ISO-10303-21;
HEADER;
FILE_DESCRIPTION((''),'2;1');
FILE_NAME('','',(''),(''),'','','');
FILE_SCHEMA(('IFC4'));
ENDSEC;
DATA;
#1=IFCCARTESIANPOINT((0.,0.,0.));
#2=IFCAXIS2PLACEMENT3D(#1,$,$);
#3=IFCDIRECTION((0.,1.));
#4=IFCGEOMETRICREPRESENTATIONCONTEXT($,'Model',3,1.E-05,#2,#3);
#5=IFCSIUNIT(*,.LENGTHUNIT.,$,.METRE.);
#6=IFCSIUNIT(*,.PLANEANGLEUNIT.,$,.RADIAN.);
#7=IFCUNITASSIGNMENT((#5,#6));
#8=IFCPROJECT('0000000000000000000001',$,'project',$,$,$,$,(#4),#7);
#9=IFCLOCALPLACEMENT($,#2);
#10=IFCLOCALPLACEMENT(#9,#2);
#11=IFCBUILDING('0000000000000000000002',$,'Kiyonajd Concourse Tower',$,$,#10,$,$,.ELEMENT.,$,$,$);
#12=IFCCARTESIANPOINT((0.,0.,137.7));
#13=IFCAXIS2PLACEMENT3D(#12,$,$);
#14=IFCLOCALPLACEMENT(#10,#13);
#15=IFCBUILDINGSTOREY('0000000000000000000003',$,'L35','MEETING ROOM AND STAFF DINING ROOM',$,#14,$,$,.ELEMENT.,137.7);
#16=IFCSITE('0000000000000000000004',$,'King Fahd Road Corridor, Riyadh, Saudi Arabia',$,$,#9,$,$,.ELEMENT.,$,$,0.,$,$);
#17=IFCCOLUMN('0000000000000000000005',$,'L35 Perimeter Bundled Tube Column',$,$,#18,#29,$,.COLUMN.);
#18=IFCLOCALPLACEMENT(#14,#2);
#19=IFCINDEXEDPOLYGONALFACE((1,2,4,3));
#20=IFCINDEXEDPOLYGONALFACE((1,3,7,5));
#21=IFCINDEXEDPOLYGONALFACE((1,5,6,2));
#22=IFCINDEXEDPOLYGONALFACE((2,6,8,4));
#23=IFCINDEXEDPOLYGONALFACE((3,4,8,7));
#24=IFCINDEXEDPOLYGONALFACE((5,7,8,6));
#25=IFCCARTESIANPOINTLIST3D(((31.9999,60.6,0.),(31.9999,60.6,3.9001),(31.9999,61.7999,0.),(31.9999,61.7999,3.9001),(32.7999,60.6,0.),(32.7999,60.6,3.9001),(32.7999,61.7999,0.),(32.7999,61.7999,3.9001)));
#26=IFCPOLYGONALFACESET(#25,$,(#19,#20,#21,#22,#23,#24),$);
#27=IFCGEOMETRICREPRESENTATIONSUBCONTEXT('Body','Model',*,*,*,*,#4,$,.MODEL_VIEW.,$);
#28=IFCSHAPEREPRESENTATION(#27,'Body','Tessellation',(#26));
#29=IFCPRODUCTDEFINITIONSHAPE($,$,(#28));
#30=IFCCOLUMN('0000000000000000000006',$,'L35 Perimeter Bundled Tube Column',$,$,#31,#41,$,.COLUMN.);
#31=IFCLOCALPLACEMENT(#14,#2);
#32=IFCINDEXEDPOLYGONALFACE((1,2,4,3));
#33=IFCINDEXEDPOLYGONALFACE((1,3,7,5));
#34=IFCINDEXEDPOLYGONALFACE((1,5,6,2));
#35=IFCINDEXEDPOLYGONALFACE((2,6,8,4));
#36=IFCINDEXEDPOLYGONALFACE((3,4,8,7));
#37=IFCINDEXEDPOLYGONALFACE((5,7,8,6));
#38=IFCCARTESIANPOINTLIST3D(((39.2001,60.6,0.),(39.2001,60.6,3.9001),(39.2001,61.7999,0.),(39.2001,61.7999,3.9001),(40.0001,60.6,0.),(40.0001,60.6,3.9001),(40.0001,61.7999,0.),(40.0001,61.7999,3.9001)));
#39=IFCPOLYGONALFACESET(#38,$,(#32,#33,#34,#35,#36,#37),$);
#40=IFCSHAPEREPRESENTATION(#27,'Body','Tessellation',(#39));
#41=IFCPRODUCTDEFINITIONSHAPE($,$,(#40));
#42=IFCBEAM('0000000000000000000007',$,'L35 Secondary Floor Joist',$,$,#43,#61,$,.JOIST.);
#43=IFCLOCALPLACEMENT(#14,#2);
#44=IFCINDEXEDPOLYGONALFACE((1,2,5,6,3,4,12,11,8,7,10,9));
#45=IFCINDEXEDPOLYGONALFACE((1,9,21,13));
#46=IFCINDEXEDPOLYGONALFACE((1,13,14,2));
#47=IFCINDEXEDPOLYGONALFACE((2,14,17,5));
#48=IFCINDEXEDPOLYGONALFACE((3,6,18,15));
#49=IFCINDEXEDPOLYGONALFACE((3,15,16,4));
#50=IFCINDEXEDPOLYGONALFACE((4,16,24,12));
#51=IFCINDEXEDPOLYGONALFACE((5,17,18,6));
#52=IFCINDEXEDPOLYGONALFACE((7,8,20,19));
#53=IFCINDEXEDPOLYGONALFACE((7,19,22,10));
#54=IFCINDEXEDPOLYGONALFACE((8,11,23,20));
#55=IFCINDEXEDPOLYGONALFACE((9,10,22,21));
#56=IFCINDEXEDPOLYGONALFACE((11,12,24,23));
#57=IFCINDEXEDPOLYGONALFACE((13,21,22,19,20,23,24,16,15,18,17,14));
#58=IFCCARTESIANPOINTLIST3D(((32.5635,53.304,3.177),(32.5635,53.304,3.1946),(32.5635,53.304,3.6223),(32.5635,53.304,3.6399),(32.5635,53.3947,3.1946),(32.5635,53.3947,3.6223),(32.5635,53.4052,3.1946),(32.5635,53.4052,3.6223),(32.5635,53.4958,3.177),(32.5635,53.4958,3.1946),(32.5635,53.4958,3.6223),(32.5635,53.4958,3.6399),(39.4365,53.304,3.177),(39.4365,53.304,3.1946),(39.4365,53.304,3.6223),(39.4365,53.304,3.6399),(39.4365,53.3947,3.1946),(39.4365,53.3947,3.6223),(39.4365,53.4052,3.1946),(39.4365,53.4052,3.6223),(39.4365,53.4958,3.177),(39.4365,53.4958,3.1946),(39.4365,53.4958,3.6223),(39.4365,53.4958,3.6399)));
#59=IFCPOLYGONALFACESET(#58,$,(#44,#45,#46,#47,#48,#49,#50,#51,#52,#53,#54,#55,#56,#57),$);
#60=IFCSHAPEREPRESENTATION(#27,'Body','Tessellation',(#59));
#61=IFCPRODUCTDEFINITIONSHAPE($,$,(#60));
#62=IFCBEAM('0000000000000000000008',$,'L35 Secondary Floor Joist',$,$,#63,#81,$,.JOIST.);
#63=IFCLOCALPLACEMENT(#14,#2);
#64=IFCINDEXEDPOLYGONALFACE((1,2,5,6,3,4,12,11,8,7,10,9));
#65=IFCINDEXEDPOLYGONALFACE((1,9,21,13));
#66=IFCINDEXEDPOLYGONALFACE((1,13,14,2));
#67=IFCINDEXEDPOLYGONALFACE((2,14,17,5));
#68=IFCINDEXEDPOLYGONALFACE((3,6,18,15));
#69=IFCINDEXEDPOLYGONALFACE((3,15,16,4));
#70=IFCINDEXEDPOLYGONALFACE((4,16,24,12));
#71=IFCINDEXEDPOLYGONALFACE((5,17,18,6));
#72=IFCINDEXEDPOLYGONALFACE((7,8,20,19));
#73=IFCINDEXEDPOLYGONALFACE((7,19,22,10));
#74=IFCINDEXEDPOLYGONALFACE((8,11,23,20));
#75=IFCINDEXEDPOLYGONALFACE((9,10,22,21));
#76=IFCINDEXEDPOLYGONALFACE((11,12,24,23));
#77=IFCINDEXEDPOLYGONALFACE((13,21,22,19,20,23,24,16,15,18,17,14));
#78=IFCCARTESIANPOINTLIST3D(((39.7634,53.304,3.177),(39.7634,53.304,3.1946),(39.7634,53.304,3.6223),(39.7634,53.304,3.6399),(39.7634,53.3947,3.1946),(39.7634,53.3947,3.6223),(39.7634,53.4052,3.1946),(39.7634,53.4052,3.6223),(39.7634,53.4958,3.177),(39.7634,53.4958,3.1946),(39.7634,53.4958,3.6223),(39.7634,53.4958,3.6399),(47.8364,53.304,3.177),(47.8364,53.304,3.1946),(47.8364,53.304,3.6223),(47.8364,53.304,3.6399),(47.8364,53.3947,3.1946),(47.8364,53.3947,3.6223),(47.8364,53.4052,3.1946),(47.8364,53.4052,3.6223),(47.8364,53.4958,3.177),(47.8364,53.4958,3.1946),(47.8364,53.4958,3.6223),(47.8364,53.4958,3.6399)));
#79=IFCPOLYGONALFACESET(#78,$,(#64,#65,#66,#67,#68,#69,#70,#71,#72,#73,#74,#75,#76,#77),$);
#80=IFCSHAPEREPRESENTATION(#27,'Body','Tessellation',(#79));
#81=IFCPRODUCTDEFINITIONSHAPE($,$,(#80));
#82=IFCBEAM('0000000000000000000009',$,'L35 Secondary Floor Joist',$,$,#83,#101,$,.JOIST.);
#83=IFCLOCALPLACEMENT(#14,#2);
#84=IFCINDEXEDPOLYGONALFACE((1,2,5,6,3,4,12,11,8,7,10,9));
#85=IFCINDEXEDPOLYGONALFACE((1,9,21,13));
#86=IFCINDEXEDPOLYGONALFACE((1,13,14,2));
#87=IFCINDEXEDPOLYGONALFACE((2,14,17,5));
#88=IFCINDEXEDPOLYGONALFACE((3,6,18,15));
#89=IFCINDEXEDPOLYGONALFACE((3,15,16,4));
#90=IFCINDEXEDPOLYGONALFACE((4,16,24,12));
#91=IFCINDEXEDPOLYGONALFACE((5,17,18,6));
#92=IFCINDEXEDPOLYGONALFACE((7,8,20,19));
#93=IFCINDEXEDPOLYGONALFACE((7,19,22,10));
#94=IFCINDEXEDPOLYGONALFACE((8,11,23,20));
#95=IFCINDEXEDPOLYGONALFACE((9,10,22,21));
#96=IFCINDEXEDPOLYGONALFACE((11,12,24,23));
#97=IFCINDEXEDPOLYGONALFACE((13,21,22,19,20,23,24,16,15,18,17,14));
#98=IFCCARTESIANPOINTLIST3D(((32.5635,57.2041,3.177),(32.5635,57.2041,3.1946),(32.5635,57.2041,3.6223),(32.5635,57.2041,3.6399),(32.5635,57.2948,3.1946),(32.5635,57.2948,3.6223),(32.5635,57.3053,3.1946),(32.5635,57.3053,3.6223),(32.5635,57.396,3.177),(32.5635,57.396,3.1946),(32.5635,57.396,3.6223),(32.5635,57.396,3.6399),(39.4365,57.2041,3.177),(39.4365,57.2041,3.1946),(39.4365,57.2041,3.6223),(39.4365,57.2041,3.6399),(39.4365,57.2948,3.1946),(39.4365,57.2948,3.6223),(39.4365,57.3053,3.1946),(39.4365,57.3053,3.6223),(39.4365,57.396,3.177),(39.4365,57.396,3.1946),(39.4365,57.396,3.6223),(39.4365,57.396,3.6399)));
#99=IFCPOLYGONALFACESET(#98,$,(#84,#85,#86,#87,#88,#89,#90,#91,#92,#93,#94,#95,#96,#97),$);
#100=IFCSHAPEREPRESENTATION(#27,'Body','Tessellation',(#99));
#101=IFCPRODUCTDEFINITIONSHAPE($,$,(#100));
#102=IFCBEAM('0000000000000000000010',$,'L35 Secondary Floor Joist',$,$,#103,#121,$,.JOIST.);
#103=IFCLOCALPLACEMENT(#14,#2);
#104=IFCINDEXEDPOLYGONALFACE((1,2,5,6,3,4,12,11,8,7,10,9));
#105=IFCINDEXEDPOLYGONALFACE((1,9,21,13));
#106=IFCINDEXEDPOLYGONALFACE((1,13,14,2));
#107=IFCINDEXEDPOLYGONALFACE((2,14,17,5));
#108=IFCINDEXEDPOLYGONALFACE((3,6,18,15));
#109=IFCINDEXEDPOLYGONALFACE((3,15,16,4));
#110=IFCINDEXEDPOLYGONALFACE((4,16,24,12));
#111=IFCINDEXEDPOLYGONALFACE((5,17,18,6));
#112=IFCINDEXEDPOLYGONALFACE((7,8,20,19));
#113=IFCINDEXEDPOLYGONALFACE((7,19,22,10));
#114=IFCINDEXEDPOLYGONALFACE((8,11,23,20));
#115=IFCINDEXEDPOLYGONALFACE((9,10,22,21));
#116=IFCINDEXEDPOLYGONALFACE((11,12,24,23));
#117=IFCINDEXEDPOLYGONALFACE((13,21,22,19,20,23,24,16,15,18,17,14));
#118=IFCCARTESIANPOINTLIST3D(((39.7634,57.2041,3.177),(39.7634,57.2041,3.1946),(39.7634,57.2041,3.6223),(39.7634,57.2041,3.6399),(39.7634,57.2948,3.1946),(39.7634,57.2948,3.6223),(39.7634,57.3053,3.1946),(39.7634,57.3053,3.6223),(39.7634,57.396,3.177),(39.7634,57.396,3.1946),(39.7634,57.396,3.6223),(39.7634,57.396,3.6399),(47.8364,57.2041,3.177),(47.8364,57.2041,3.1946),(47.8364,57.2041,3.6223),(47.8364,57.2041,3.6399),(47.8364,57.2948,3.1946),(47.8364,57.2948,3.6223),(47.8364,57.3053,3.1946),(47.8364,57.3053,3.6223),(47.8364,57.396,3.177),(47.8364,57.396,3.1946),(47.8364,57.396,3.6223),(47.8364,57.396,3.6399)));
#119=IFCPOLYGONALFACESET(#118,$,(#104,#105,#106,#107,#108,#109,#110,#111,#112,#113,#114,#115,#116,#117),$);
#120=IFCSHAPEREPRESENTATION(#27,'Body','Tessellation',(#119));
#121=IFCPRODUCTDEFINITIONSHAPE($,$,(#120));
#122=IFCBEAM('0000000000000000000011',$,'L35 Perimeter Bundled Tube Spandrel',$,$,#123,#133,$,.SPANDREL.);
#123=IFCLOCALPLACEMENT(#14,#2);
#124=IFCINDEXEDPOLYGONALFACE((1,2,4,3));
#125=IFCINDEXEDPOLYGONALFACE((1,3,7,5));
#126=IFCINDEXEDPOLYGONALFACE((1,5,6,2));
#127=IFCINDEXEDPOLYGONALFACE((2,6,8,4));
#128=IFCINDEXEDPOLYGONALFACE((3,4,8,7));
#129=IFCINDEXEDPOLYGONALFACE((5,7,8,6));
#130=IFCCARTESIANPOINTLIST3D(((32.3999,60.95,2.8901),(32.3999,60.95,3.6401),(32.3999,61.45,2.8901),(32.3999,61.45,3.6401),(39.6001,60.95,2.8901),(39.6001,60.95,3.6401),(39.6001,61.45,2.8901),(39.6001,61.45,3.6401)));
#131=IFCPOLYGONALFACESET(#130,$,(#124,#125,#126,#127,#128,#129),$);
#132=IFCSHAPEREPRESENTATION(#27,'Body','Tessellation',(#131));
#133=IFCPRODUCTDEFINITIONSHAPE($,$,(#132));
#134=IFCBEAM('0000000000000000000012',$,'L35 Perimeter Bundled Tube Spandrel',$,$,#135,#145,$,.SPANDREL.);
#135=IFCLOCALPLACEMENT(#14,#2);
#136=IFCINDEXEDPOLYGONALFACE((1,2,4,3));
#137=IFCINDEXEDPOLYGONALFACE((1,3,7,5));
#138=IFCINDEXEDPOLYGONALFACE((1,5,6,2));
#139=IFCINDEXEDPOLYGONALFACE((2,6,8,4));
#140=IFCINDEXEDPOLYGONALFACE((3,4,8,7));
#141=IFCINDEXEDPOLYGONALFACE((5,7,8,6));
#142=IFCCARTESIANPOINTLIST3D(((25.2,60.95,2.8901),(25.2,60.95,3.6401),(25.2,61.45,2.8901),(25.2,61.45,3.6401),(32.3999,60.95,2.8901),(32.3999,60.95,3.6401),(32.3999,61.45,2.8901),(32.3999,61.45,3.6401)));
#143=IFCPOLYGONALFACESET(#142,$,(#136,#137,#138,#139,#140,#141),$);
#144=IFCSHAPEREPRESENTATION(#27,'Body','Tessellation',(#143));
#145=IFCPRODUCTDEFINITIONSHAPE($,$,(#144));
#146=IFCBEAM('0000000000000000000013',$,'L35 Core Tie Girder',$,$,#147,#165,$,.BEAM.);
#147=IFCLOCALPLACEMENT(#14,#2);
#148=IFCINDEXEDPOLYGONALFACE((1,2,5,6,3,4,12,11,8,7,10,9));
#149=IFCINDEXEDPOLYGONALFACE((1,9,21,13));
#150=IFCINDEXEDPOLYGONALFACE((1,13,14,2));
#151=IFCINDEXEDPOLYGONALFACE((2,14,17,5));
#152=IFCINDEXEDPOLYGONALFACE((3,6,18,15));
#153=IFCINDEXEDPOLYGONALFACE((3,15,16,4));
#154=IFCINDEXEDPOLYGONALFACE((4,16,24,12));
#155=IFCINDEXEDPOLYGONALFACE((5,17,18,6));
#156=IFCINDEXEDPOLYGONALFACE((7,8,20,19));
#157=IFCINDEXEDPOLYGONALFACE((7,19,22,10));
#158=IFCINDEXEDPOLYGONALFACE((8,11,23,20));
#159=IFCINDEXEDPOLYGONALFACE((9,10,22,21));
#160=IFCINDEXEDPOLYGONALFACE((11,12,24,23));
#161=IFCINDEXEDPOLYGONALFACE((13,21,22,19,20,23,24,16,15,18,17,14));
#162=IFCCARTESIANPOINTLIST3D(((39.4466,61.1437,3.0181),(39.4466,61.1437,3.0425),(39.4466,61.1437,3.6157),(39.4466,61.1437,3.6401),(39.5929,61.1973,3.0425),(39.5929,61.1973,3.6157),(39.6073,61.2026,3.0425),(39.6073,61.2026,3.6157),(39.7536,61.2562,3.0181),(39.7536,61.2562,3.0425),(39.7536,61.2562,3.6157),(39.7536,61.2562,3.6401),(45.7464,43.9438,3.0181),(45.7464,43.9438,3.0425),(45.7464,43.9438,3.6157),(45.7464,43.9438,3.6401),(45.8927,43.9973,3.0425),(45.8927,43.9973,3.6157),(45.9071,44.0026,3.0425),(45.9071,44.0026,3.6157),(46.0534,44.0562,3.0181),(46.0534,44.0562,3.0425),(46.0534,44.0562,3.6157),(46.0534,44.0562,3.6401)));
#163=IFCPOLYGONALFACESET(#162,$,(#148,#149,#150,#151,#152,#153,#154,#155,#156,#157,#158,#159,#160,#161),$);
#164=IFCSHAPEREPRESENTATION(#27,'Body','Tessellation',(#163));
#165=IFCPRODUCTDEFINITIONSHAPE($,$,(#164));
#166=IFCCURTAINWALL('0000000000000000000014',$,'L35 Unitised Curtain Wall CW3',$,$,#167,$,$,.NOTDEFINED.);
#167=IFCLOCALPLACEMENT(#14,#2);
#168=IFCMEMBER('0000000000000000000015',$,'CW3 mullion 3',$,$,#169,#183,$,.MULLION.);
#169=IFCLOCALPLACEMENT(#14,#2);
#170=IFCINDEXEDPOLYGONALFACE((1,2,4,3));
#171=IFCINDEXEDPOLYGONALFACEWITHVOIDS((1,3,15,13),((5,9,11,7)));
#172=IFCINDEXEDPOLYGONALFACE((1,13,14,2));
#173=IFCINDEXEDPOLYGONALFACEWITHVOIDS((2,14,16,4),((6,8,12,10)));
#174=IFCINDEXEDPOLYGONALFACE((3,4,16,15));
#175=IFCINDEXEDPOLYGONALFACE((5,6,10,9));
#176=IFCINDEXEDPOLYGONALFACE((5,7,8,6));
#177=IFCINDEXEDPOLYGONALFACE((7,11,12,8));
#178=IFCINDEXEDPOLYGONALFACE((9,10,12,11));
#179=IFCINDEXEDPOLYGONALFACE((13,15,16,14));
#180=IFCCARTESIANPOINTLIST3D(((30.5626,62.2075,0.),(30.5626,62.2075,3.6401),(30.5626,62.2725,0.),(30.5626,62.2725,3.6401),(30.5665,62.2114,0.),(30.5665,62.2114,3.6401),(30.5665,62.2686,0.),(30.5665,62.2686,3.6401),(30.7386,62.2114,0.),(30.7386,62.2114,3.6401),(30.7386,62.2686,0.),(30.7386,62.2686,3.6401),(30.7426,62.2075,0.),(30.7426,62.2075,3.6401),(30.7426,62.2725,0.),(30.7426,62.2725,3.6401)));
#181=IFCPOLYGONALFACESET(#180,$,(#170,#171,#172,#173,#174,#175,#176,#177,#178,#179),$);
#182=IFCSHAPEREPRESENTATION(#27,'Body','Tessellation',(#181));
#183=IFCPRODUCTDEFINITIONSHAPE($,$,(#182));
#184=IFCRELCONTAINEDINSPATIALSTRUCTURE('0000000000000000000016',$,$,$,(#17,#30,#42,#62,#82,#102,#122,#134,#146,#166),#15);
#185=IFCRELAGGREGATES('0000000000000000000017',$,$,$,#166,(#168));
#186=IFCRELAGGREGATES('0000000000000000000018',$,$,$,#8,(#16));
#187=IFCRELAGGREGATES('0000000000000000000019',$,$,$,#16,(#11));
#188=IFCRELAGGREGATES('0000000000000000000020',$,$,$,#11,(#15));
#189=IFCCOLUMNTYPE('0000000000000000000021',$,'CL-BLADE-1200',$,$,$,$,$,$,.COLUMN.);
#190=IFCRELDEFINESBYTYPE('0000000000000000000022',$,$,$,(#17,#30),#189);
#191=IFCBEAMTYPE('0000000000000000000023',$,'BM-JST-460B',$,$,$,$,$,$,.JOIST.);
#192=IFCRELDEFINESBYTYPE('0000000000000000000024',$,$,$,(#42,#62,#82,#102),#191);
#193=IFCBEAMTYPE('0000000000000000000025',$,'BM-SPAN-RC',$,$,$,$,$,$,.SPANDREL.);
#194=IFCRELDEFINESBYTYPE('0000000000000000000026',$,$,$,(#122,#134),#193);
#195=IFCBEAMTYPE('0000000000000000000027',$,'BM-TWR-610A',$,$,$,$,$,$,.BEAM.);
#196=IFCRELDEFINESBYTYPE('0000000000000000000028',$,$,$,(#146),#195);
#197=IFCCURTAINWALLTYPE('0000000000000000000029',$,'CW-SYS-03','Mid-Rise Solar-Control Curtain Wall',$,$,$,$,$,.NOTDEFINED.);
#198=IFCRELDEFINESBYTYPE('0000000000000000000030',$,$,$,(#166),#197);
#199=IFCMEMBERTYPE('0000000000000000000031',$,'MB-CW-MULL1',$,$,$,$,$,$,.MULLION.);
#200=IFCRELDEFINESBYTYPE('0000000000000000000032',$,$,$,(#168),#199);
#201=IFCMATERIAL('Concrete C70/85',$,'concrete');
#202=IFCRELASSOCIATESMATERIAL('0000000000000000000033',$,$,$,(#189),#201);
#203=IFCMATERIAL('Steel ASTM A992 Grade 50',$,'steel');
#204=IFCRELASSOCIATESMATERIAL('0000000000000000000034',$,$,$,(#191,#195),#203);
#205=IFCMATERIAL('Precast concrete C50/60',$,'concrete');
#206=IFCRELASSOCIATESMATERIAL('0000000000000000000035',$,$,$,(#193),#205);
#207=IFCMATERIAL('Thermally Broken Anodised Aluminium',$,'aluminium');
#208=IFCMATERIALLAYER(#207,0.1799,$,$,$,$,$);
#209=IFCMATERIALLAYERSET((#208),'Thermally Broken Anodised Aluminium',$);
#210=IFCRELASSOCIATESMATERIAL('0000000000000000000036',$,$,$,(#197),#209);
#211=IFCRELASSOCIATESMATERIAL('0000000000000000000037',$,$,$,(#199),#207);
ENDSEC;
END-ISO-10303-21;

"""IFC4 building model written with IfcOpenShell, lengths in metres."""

from ifc_helpers import new_model, si_unit, direction, frame, origin, origin_2d, place, context, subcontext, project, spatial, rectangle, hollow_rectangle, i_section, extrude, material, layer, layer_set, material_profile, profile_set, type_object, element, aggregate, save


model = new_model("IFC4")

# Units and contexts
model_context = context("Model", 3, precision=1e-05, world=origin(), true_north=direction((0.0, 1.0)))
body_context = subcontext(model_context, "Body", "Model", "MODEL_VIEW")
ifc_project = project(units=[si_unit("LENGTHUNIT", "METRE"), si_unit("PLANEANGLEUNIT", "RADIAN")], contexts=[model_context])

# Site, building, storey
site_placement = place(None, origin())
site = spatial("IfcSite", under=ifc_project, at=site_placement, Name="King Fahd Road Corridor, Riyadh, Saudi Arabia", CompositionType="ELEMENT", RefElevation=0.0)
building_placement = place(site_placement, origin())
building = spatial("IfcBuilding", under=site, at=building_placement, Name="Kiyonajd Concourse Tower", CompositionType="ELEMENT")
storey_placement = place(building_placement, frame((0.0, 0.0, 137.7)))
storey = spatial("IfcBuildingStorey", under=building, at=storey_placement, Name="L35", Description="MEETING ROOM AND STAFF DINING ROOM", CompositionType="ELEMENT", Elevation=137.7)

# Columns
ifc_material_1 = material(Name="Concrete C70/85", Category="concrete")
ifc_material_profile_1 = material_profile(ifc_material_1, rectangle(XDim=0.8, YDim=1.2, at=origin_2d()), Name="RC-1200x800")
ifc_profile_set_1 = profile_set([ifc_material_profile_1], Name="Concrete C70/85")
column_type = type_object("IfcColumnType", Name="CL-BLADE-1200", PredefinedType="COLUMN", material=ifc_profile_set_1)
for number, where, z_axis, x_axis, name in (
    (1, (32.3999, 61.2, 0.0), (0.0, 0.0, 1.0), (1.0, 0.0, 0.0), "L35 Perimeter Bundled Tube Column"),
    (2, (39.6001, 61.2, 0.0), (0.0, 0.0, 1.0), (1.0, 0.0, 0.0), "L35 Perimeter Bundled Tube Column"),
):
    element("IfcColumn", number, at=place(storey_placement, frame(where, z_axis=z_axis, x_axis=x_axis)), inside=storey, type_object=column_type, Name=name, PredefinedType="COLUMN", context=body_context, shape_type="SweptSolid", body=[
        extrude(rectangle(XDim=0.8, YDim=1.2, at=origin_2d()), origin(), (0.0, 0.0, 1.0), 3.9001),
    ])

# Beams
ifc_material_2 = material(Name="Steel ASTM A992 Grade 50", Category="steel")
ifc_material_profile_2 = material_profile(ifc_material_2, i_section(OverallWidth=0.1919, OverallDepth=0.4629, WebThickness=0.0105, FlangeThickness=0.0176, at=origin_2d()), Name="W460X89")
ifc_profile_set_2 = profile_set([ifc_material_profile_2], Name="Steel ASTM A992 Grade 50")
beam_type_1 = type_object("IfcBeamType", Name="BM-JST-460B", PredefinedType="JOIST", material=ifc_profile_set_2)
beam_1_placement = place(storey_placement, frame((32.5635, 53.3999, 3.4084), z_axis=(1.0, 0.0, 0.0), x_axis=(0.0, 1.0, 0.0)))
element("IfcBeam", 3, at=beam_1_placement, inside=storey, type_object=beam_type_1, Name="L35 Secondary Floor Joist", PredefinedType="JOIST", context=body_context, shape_type="SweptSolid", body=[
    extrude(i_section(OverallWidth=0.1919, OverallDepth=0.4629, WebThickness=0.0105, FlangeThickness=0.0176, at=origin_2d()), origin(), (0.0, 0.0, 1.0), 6.873),
])
beam_2_placement = place(storey_placement, frame((39.7634, 53.3999, 3.4084), z_axis=(1.0, 0.0, 0.0), x_axis=(0.0, 1.0, 0.0)))
element("IfcBeam", 4, at=beam_2_placement, inside=storey, type_object=beam_type_1, Name="L35 Secondary Floor Joist", PredefinedType="JOIST", context=body_context, shape_type="SweptSolid", body=[
    extrude(i_section(OverallWidth=0.1919, OverallDepth=0.4629, WebThickness=0.0105, FlangeThickness=0.0176, at=origin_2d()), origin(), (0.0, 0.0, 1.0), 8.073),
])
beam_3_placement = place(storey_placement, frame((32.5635, 57.3, 3.4084), z_axis=(1.0, 0.0, 0.0), x_axis=(0.0, 1.0, 0.0)))
element("IfcBeam", 5, at=beam_3_placement, inside=storey, type_object=beam_type_1, Name="L35 Secondary Floor Joist", PredefinedType="JOIST", context=body_context, shape_type="SweptSolid", body=[
    extrude(i_section(OverallWidth=0.1919, OverallDepth=0.4629, WebThickness=0.0105, FlangeThickness=0.0176, at=origin_2d()), origin(), (0.0, 0.0, 1.0), 6.873),
])
beam_4_placement = place(storey_placement, frame((39.7634, 57.3, 3.4084), z_axis=(1.0, 0.0, 0.0), x_axis=(0.0, 1.0, 0.0)))
element("IfcBeam", 6, at=beam_4_placement, inside=storey, type_object=beam_type_1, Name="L35 Secondary Floor Joist", PredefinedType="JOIST", context=body_context, shape_type="SweptSolid", body=[
    extrude(i_section(OverallWidth=0.1919, OverallDepth=0.4629, WebThickness=0.0105, FlangeThickness=0.0176, at=origin_2d()), origin(), (0.0, 0.0, 1.0), 8.073),
])
ifc_material_3 = material(Name="Precast concrete C50/60", Category="concrete")
ifc_material_profile_3 = material_profile(ifc_material_3, rectangle(XDim=0.5, YDim=0.75, at=origin_2d()), Name="RCBM-500x750")
ifc_profile_set_3 = profile_set([ifc_material_profile_3], Name="Precast concrete C50/60")
beam_type_2 = type_object("IfcBeamType", Name="BM-SPAN-RC", PredefinedType="SPANDREL", material=ifc_profile_set_3)
beam_5_placement = place(storey_placement, frame((39.6001, 61.2, 3.2651), z_axis=(-1.0, 0.0, 0.0), x_axis=(0.0, -1.0, 0.0)))
element("IfcBeam", 7, at=beam_5_placement, inside=storey, type_object=beam_type_2, Name="L35 Perimeter Bundled Tube Spandrel", PredefinedType="SPANDREL", context=body_context, shape_type="SweptSolid", body=[
    extrude(rectangle(XDim=0.5, YDim=0.75, at=origin_2d()), origin(), (0.0, 0.0, 1.0), 7.2002),
])
beam_6_placement = place(storey_placement, frame((32.3999, 61.2, 3.2651), z_axis=(-1.0, 0.0, 0.0), x_axis=(0.0, -1.0, 0.0)))
element("IfcBeam", 8, at=beam_6_placement, inside=storey, type_object=beam_type_2, Name="L35 Perimeter Bundled Tube Spandrel", PredefinedType="SPANDREL", context=body_context, shape_type="SweptSolid", body=[
    extrude(rectangle(XDim=0.5, YDim=0.75, at=origin_2d()), origin(), (0.0, 0.0, 1.0), 7.2),
])
ifc_material_profile_4 = material_profile(ifc_material_2, i_section(OverallWidth=0.3269, OverallDepth=0.6221, WebThickness=0.0154, FlangeThickness=0.0244, at=origin_2d()), Name="W610X195")
ifc_profile_set_4 = profile_set([ifc_material_profile_4], Name="Steel ASTM A992 Grade 50")
beam_type_3 = type_object("IfcBeamType", Name="BM-TWR-610A", PredefinedType="BEAM", material=ifc_profile_set_4)
beam_7_placement = place(storey_placement, frame((39.6001, 61.2, 3.3291), z_axis=(0.343925, -0.938997, 0.0), x_axis=(0.938997, 0.343925, 0.0)))
element("IfcBeam", 9, at=beam_7_placement, inside=storey, type_object=beam_type_3, Name="L35 Core Tie Girder", PredefinedType="BEAM", context=body_context, shape_type="SweptSolid", body=[
    extrude(i_section(OverallWidth=0.3269, OverallDepth=0.6221, WebThickness=0.0154, FlangeThickness=0.0244, at=origin_2d()), origin(), (0.0, 0.0, 1.0), 18.3174),
])

# Curtain wall, member
ifc_material_4 = material(Name="Thermally Broken Anodised Aluminium", Category="aluminium")
ifc_layer_1 = layer(ifc_material_4, 0.1799)
ifc_layer_set_1 = layer_set([ifc_layer_1], Name="Thermally Broken Anodised Aluminium")
curtain_wall_type = type_object("IfcCurtainWallType", Name="CW-SYS-03", Description="Mid-Rise Solar-Control Curtain Wall", PredefinedType="NOTDEFINED", material=ifc_layer_set_1)
curtain_wall_placement = place(storey_placement, origin())
curtain_wall = element("IfcCurtainWall", 10, at=curtain_wall_placement, inside=storey, type_object=curtain_wall_type, Name="L35 Unitised Curtain Wall CW3", PredefinedType="NOTDEFINED")
ifc_material_profile_5 = material_profile(ifc_material_4, hollow_rectangle(XDim=0.0649, YDim=0.1799, WallThickness=0.0039, at=origin_2d()), Name="MULL-65x180")
ifc_profile_set_5 = profile_set([ifc_material_profile_5], Name="Thermally Broken Anodised Aluminium")
member_type_1 = type_object("IfcMemberType", Name="MB-CW-MULL1", PredefinedType="MULLION", material=ifc_profile_set_5)
member_1_placement = place(storey_placement, frame((30.6526, 62.24, 0.0), z_axis=(0.0, 0.0, 1.0), x_axis=(0.0, 1.0, 0.0)))
member_1 = element("IfcMember", 11, at=member_1_placement, type_object=member_type_1, Name="CW3 mullion 3", PredefinedType="MULLION", context=body_context, shape_type="SweptSolid", body=[
    extrude(hollow_rectangle(XDim=0.0649, YDim=0.1799, WallThickness=0.0039, at=origin_2d()), origin(), (0.0, 0.0, 1.0), 3.6401),
])
aggregate(curtain_wall, [member_1])

save(model, "model.ifc")
